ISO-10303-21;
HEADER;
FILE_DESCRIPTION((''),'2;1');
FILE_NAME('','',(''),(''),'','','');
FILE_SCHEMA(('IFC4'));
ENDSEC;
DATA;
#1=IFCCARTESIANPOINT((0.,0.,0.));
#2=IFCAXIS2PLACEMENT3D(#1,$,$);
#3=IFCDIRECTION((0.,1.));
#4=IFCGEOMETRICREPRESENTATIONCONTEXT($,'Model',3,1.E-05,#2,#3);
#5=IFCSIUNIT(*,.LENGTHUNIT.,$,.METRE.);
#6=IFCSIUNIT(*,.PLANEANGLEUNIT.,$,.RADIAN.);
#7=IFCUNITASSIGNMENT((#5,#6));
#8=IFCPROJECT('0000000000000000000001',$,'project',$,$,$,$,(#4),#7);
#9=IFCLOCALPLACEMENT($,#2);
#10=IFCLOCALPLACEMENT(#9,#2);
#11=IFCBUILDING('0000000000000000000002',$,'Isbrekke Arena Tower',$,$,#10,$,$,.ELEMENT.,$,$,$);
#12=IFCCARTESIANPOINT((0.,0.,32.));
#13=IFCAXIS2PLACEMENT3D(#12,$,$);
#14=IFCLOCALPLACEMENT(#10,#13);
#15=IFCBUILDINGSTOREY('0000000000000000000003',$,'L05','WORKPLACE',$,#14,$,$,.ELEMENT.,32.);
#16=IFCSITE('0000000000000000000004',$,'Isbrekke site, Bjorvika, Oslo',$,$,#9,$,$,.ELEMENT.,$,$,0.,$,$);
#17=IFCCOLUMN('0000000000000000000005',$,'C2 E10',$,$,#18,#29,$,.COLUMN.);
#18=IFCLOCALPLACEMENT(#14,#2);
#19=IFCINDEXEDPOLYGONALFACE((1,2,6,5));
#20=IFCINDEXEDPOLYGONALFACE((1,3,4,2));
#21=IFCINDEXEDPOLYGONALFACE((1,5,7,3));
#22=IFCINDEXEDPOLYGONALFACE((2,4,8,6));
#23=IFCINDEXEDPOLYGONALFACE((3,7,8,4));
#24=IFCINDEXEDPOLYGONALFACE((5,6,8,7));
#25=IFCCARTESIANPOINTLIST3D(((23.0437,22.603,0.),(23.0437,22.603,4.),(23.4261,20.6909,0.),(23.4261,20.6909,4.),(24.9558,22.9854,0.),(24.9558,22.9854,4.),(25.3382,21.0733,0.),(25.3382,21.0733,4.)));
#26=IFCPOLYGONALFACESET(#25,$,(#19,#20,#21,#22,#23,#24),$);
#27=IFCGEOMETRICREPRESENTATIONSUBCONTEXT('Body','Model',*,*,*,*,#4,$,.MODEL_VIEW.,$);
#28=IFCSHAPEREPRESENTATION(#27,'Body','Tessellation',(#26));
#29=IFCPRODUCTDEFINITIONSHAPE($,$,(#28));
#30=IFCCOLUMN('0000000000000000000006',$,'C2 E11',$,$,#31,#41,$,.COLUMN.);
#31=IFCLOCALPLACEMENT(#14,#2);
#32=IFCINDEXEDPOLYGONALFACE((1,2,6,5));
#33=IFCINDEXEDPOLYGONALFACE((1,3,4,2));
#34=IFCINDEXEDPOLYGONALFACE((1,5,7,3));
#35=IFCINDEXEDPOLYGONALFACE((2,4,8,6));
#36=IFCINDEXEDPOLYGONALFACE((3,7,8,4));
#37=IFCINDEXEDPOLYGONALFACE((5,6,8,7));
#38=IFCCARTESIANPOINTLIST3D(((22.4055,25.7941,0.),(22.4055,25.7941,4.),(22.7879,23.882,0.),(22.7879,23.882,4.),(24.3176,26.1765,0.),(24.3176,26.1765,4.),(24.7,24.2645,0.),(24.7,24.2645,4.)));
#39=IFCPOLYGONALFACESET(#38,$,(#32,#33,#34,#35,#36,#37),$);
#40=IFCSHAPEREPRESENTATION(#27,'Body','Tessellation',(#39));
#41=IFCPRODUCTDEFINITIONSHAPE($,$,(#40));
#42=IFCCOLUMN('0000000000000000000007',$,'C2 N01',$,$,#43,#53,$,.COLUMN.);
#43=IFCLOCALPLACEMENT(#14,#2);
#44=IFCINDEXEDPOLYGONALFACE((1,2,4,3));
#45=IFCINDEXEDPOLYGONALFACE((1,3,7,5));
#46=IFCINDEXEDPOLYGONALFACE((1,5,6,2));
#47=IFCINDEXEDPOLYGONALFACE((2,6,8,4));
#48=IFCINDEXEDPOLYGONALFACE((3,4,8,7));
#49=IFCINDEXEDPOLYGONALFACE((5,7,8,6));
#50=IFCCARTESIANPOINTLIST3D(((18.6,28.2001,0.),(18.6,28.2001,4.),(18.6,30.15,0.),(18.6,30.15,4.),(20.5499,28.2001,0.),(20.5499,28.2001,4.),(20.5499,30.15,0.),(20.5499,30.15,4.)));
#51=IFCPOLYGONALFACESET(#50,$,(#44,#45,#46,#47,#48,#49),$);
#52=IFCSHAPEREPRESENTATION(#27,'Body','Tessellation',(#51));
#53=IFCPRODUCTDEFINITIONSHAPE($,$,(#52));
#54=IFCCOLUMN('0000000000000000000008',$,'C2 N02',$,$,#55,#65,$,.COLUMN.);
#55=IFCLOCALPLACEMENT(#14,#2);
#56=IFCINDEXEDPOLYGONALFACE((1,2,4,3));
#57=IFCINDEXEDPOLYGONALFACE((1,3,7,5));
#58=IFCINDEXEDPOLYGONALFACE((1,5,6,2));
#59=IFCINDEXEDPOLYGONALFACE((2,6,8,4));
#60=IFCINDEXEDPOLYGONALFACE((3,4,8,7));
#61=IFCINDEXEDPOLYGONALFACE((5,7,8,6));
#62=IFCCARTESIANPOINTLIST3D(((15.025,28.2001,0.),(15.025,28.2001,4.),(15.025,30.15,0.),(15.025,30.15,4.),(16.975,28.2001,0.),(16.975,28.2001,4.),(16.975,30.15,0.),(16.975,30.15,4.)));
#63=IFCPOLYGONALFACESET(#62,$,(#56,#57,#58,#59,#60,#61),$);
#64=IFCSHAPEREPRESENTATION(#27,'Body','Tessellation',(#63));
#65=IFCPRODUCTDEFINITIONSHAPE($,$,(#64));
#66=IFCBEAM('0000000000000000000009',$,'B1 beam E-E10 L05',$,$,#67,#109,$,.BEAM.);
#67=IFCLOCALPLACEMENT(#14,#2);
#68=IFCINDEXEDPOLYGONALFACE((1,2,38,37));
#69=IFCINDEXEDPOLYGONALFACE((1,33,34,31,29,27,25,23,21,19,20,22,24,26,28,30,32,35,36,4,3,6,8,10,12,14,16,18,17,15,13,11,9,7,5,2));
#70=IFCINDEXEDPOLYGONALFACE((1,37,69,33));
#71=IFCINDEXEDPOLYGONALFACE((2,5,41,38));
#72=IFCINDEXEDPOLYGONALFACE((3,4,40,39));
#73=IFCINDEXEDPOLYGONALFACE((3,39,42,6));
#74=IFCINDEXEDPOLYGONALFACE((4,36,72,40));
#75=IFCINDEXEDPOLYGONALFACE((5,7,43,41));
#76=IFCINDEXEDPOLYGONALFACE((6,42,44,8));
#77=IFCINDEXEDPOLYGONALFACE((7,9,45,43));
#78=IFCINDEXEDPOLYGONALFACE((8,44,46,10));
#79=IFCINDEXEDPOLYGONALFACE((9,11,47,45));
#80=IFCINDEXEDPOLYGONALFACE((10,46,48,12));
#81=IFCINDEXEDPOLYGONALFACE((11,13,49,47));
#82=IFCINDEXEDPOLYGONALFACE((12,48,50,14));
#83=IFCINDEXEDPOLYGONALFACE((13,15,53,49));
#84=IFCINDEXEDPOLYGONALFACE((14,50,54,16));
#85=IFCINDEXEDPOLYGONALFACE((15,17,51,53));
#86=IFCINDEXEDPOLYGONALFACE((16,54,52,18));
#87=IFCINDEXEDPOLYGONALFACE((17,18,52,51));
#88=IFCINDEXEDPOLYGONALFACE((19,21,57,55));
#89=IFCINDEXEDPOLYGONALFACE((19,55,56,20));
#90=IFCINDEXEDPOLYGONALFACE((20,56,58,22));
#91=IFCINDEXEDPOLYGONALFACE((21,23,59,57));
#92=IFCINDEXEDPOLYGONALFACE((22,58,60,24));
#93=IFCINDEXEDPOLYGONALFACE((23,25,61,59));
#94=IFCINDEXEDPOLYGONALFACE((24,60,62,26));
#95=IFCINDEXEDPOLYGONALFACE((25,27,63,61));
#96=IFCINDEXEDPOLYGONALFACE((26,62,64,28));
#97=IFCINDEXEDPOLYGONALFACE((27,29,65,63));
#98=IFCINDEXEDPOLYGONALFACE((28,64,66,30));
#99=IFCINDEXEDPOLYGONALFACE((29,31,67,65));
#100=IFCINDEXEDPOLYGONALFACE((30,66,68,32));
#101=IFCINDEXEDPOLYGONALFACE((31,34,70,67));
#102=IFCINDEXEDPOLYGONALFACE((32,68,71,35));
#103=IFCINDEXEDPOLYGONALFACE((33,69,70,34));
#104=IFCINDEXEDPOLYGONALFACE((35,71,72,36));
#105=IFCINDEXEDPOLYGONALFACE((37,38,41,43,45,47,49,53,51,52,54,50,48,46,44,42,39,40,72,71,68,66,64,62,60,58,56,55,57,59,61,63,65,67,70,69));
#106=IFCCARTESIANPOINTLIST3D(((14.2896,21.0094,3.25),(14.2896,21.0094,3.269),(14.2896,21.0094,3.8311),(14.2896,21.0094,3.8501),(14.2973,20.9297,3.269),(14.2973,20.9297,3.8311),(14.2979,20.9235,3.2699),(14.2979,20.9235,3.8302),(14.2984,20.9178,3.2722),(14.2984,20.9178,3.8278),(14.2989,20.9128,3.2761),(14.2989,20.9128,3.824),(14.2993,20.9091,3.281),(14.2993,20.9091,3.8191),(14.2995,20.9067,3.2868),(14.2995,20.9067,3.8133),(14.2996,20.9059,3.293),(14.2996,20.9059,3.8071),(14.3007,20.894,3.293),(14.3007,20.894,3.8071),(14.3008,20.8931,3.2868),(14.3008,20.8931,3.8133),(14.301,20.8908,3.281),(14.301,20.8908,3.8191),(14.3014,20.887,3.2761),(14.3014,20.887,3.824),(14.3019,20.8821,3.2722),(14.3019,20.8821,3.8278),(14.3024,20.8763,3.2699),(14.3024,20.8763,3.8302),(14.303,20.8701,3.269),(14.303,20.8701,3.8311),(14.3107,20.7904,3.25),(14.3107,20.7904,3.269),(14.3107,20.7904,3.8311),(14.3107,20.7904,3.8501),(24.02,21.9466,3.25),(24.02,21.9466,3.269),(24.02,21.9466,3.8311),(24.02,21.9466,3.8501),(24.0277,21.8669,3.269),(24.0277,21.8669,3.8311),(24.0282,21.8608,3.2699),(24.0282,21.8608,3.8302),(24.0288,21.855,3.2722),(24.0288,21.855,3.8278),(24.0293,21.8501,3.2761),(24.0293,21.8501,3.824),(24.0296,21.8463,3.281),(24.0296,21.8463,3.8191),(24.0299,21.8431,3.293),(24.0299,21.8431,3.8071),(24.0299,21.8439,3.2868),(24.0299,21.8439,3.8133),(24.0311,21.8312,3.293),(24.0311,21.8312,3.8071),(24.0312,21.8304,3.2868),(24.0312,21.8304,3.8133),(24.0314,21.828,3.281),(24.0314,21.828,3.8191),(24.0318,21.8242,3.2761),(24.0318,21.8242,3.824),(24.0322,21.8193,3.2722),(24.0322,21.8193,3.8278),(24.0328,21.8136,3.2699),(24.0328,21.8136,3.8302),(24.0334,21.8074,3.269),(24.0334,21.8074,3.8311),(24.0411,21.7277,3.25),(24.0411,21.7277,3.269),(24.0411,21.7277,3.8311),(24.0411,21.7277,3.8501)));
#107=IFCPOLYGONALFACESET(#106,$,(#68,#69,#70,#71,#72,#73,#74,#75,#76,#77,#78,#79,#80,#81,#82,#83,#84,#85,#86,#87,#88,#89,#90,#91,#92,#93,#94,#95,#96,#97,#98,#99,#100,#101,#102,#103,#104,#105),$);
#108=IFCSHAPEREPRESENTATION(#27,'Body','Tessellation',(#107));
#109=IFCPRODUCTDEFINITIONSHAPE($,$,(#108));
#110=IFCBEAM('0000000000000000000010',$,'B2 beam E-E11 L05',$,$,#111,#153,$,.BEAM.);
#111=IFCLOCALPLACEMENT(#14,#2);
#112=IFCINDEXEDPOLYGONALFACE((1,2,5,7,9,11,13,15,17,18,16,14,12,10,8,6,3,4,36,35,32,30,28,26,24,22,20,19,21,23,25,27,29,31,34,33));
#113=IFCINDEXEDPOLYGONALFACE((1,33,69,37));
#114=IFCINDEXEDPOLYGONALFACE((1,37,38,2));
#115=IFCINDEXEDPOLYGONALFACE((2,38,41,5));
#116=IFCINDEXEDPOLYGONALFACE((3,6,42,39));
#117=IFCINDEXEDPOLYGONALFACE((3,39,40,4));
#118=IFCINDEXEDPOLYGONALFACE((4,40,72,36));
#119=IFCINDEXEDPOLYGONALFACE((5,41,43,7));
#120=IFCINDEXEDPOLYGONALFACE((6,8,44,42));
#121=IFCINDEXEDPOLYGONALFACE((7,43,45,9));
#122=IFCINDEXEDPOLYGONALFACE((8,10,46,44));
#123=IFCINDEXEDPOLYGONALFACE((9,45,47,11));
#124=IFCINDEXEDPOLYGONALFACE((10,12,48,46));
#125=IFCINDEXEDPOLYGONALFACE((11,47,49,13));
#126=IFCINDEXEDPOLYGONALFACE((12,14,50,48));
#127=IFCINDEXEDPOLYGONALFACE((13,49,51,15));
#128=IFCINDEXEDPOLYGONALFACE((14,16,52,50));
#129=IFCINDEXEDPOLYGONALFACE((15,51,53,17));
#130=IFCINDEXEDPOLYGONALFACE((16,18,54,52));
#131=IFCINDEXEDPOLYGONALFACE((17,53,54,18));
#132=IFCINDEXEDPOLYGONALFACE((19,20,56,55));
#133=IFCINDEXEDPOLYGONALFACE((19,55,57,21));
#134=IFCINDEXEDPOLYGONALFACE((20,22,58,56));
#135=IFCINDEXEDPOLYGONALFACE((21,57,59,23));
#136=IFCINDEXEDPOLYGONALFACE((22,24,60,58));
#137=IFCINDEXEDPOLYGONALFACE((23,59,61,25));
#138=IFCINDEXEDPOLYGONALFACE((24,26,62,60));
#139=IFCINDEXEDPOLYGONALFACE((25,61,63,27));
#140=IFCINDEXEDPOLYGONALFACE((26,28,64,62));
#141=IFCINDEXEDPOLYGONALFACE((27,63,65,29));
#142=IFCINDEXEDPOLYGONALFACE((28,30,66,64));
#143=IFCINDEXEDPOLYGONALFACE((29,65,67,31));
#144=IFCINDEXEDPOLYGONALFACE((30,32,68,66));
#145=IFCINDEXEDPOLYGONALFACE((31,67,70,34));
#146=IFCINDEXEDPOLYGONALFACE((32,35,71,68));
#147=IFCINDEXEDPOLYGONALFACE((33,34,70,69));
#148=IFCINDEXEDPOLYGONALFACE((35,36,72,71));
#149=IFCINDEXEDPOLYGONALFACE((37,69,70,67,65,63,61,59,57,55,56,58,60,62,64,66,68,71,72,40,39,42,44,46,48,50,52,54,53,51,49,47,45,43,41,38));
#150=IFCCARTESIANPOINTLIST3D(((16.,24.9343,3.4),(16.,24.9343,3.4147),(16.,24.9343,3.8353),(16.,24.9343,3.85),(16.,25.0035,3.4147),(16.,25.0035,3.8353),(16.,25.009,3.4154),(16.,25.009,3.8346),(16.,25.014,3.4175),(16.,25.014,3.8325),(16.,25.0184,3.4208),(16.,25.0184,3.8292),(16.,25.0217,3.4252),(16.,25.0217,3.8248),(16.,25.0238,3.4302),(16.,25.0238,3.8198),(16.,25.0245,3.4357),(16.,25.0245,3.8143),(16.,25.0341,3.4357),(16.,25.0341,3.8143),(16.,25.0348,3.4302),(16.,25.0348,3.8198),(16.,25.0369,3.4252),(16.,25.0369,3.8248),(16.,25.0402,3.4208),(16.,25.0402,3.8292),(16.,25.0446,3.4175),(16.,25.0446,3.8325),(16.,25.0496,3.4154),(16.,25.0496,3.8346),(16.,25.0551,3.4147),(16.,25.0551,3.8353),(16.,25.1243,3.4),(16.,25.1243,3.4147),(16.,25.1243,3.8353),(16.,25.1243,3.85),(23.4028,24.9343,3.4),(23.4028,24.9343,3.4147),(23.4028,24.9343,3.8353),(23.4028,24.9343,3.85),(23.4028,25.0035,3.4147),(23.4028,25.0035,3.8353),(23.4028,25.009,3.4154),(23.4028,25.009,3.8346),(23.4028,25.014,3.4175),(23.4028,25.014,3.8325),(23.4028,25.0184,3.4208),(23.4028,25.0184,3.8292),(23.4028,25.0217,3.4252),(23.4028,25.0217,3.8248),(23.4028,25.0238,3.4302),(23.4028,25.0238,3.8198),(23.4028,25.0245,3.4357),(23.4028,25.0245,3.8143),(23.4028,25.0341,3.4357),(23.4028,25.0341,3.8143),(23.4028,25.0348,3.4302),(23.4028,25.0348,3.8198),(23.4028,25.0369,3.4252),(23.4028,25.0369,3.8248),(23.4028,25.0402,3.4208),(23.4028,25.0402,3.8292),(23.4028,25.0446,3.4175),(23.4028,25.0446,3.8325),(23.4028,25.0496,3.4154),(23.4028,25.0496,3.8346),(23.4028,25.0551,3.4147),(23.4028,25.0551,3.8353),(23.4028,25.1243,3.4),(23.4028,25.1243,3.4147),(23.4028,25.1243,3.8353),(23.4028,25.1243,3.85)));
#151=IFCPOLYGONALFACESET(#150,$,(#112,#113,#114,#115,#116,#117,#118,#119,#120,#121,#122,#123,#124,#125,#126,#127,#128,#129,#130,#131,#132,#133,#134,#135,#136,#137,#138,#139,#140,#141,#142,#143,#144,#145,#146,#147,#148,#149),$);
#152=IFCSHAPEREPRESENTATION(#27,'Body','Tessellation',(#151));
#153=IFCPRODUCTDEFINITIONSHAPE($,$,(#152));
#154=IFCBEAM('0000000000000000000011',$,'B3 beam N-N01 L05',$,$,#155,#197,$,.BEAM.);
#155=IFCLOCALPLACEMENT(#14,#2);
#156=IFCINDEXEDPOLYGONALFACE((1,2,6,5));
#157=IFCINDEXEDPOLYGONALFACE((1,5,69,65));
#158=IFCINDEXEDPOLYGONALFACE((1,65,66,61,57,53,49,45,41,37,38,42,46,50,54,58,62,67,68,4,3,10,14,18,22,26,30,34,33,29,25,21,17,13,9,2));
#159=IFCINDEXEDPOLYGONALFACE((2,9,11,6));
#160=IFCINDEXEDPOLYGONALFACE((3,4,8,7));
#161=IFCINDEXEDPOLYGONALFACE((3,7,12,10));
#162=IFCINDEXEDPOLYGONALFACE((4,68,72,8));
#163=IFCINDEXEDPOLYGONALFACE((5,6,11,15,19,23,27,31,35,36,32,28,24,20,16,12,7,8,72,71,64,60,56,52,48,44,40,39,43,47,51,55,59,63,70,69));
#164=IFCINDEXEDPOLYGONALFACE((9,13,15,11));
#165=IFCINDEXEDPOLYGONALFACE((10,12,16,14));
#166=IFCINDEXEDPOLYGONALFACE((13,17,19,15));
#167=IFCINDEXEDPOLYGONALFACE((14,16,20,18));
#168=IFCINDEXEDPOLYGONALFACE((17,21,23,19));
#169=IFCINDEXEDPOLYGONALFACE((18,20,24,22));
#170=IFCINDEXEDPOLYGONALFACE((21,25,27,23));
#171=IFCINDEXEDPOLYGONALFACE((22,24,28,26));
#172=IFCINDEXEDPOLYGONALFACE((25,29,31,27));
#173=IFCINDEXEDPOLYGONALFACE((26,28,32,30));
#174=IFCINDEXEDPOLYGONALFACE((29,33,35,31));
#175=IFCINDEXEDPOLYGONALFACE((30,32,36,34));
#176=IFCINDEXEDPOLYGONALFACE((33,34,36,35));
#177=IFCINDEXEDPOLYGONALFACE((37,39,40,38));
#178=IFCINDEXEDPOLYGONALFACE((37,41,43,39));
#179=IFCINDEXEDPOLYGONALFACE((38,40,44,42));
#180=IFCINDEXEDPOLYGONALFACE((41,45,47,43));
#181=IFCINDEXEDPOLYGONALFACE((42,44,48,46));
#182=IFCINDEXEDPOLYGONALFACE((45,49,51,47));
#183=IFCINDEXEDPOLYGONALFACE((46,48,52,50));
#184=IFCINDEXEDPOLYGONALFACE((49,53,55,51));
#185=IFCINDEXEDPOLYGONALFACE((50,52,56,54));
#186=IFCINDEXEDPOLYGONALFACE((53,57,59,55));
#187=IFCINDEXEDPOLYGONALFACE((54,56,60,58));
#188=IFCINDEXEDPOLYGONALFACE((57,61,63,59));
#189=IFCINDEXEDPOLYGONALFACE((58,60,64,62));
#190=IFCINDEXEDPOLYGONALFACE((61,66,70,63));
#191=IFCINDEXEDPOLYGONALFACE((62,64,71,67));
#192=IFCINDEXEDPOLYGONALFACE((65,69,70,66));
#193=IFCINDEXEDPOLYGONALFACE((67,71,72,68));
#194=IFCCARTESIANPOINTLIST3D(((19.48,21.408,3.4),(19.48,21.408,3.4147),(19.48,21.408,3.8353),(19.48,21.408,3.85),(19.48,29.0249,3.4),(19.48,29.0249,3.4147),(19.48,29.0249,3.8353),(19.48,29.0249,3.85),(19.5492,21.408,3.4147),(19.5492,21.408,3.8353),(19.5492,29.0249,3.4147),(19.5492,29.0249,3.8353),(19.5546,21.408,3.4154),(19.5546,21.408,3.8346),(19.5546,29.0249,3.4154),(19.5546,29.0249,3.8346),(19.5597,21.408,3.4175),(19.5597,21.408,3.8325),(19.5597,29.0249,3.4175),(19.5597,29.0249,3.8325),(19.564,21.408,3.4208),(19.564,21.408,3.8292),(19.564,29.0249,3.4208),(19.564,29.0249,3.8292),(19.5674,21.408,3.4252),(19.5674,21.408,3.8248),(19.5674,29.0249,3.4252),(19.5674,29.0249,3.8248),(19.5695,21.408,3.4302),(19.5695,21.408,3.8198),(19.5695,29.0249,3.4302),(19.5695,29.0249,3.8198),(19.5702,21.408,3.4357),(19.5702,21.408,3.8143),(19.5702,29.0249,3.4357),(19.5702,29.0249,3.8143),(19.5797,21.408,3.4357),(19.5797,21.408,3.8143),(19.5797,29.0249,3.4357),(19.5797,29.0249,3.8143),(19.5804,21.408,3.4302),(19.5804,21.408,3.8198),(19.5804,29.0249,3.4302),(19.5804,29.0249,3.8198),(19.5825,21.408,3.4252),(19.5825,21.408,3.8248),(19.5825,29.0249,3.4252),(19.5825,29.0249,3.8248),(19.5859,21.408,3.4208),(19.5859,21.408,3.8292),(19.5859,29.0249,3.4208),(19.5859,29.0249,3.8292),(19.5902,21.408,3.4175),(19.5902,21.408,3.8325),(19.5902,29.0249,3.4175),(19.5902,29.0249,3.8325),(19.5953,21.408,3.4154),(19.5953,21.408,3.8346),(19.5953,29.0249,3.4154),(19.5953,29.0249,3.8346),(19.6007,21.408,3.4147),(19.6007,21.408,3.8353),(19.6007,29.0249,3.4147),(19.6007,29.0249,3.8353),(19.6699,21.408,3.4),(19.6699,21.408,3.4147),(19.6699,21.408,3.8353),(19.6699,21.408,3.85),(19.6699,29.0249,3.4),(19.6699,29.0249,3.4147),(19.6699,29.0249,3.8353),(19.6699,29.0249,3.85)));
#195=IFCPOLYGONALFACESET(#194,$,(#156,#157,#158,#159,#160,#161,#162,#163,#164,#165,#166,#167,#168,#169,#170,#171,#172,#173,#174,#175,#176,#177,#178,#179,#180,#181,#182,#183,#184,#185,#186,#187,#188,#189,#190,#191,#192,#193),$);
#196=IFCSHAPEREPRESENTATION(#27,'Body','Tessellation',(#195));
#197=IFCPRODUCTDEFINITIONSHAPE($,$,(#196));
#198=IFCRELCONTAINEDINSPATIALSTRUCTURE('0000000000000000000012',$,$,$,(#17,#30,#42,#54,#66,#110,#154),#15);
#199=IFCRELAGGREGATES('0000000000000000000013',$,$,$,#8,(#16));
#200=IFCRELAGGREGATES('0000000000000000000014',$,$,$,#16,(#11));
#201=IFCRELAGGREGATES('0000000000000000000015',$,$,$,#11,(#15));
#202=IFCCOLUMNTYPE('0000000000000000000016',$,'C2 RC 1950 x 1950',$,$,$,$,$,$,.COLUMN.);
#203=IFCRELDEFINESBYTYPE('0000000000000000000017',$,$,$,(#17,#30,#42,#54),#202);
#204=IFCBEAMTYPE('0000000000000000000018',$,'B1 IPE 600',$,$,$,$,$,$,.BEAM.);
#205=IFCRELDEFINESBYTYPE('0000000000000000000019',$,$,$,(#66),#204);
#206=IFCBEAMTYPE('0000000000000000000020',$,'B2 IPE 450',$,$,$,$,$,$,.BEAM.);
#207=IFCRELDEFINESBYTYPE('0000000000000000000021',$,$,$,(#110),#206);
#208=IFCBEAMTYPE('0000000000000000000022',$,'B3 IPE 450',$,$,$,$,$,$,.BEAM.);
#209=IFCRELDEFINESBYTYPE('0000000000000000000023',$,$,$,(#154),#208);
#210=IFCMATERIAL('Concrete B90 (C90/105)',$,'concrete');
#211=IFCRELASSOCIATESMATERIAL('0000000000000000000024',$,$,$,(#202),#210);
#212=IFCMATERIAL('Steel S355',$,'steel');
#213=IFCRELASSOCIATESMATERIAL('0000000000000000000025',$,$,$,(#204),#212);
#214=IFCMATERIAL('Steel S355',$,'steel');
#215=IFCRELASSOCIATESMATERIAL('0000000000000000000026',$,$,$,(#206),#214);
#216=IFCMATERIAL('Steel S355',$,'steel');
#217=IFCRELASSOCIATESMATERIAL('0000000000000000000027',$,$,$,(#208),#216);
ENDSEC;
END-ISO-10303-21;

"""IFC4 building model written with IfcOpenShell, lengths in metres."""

from ifc_helpers import new_model, si_unit, direction, frame, origin, origin_2d, place, context, subcontext, project, spatial, rectangle, i_section, extrude, material, material_profile, profile_set, type_object, element, save


model = new_model("IFC4")

# Units and contexts
model_context = context("Model", 3, precision=1e-05, world=origin(), true_north=direction((0.0, 1.0)))
body_context = subcontext(model_context, "Body", "Model", "MODEL_VIEW")
ifc_project = project(units=[si_unit("LENGTHUNIT", "METRE"), si_unit("PLANEANGLEUNIT", "RADIAN")], contexts=[model_context])

# Site, building, storey
site_placement = place(None, origin())
site = spatial("IfcSite", under=ifc_project, at=site_placement, Name="Isbrekke site, Bjorvika, Oslo", CompositionType="ELEMENT", RefElevation=0.0)
building_placement = place(site_placement, origin())
building = spatial("IfcBuilding", under=site, at=building_placement, Name="Isbrekke Arena Tower", CompositionType="ELEMENT")
storey_placement = place(building_placement, frame((0.0, 0.0, 32.0)))
storey = spatial("IfcBuildingStorey", under=building, at=storey_placement, Name="L05", Description="WORKPLACE", CompositionType="ELEMENT", Elevation=32.0)

# Columns
ifc_material_1 = material(Name="Concrete B90 (C90/105)", Category="concrete")
ifc_material_profile_1 = material_profile(ifc_material_1, rectangle(XDim=1.95, YDim=1.95, at=origin_2d()), Name="RC 1950x1950")
ifc_profile_set_1 = profile_set([ifc_material_profile_1], Name="Concrete B90 (C90/105)")
column_type = type_object("IfcColumnType", Name="C2 RC 1950 x 1950", PredefinedType="COLUMN", material=ifc_profile_set_1)
for number, where, z_axis, x_axis, name in (
    (1, (24.1909, 21.8381, 0.0), (0.0, 0.0, 1.0), (-0.196116, 0.980581, 0.0), "C2 E10"),
    (2, (23.5527, 25.0293, 0.0), (0.0, 0.0, 1.0), (-0.196116, 0.980581, 0.0), "C2 E11"),
    (3, (19.575, 29.175, 0.0), (0.0, 0.0, 1.0), (-1.0, 0.0, 0.0), "C2 N01"),
    (4, (16.0, 29.175, 0.0), (0.0, 0.0, 1.0), (-1.0, 0.0, 0.0), "C2 N02"),
):
    element("IfcColumn", number, at=place(storey_placement, frame(where, z_axis=z_axis, x_axis=x_axis)), inside=storey, type_object=column_type, Name=name, PredefinedType="COLUMN", context=body_context, shape_type="SweptSolid", body=[
        extrude(rectangle(XDim=1.95, YDim=1.95, at=origin_2d()), origin(), (0.0, 0.0, 1.0), 4.0),
    ])

# Beams
ifc_material_2 = material(Name="Steel S355", Category="steel")
ifc_material_profile_2 = material_profile(ifc_material_2, i_section(OverallWidth=0.22, OverallDepth=0.6001, WebThickness=0.012, FlangeThickness=0.019, FilletRadius=0.0239, at=origin_2d()), Name="IPE 600")
ifc_profile_set_2 = profile_set([ifc_material_profile_2], Name="Steel S355")
beam_type_1 = type_object("IfcBeamType", Name="B1 IPE 600", PredefinedType="BEAM", material=ifc_profile_set_2)
beam_1_placement = place(storey_placement, frame((24.0305, 21.8372, 3.55), z_axis=(-0.995393, -0.095878, 0.0), x_axis=(0.095878, -0.995393, 0.0)))
element("IfcBeam", 5, at=beam_1_placement, inside=storey, type_object=beam_type_1, Name="B1 beam E-E10 L05", PredefinedType="BEAM", context=body_context, shape_type="SweptSolid", body=[
    extrude(i_section(OverallWidth=0.22, OverallDepth=0.6001, WebThickness=0.012, FlangeThickness=0.019, FilletRadius=0.0239, at=origin_2d()), origin(), (0.0, 0.0, 1.0), 9.7754),
])
ifc_material_3 = material(Name="Steel S355", Category="steel")
ifc_material_profile_3 = material_profile(ifc_material_3, i_section(OverallWidth=0.1899, OverallDepth=0.45, WebThickness=0.0095, FlangeThickness=0.0146, FilletRadius=0.021, at=origin_2d()), Name="IPE 450")
ifc_profile_set_3 = profile_set([ifc_material_profile_3], Name="Steel S355")
beam_type_2 = type_object("IfcBeamType", Name="B2 IPE 450", PredefinedType="BEAM", material=ifc_profile_set_3)
beam_2_placement = place(storey_placement, frame((23.4028, 25.0293, 3.625), z_axis=(-1.0, 0.0, 0.0), x_axis=(0.0, -1.0, 0.0)))
element("IfcBeam", 6, at=beam_2_placement, inside=storey, type_object=beam_type_2, Name="B2 beam E-E11 L05", PredefinedType="BEAM", context=body_context, shape_type="SweptSolid", body=[
    extrude(i_section(OverallWidth=0.1899, OverallDepth=0.45, WebThickness=0.0095, FlangeThickness=0.0146, FilletRadius=0.021, at=origin_2d()), origin(), (0.0, 0.0, 1.0), 7.4028),
])
ifc_material_4 = material(Name="Steel S355", Category="steel")
ifc_material_profile_4 = material_profile(ifc_material_4, i_section(OverallWidth=0.1899, OverallDepth=0.45, WebThickness=0.0095, FlangeThickness=0.0146, FilletRadius=0.021, at=origin_2d()), Name="IPE 450")
ifc_profile_set_4 = profile_set([ifc_material_profile_4], Name="Steel S355")
beam_type_3 = type_object("IfcBeamType", Name="B3 IPE 450", PredefinedType="BEAM", material=ifc_profile_set_4)
beam_3_placement = place(storey_placement, frame((19.575, 29.0249, 3.625), z_axis=(0.0, -1.0, 0.0), x_axis=(1.0, 0.0, 0.0)))
element("IfcBeam", 7, at=beam_3_placement, inside=storey, type_object=beam_type_3, Name="B3 beam N-N01 L05", PredefinedType="BEAM", context=body_context, shape_type="SweptSolid", body=[
    extrude(i_section(OverallWidth=0.1899, OverallDepth=0.45, WebThickness=0.0095, FlangeThickness=0.0146, FilletRadius=0.021, at=origin_2d()), origin(), (0.0, 0.0, 1.0), 7.6169),
])

save(model, "model.ifc")
